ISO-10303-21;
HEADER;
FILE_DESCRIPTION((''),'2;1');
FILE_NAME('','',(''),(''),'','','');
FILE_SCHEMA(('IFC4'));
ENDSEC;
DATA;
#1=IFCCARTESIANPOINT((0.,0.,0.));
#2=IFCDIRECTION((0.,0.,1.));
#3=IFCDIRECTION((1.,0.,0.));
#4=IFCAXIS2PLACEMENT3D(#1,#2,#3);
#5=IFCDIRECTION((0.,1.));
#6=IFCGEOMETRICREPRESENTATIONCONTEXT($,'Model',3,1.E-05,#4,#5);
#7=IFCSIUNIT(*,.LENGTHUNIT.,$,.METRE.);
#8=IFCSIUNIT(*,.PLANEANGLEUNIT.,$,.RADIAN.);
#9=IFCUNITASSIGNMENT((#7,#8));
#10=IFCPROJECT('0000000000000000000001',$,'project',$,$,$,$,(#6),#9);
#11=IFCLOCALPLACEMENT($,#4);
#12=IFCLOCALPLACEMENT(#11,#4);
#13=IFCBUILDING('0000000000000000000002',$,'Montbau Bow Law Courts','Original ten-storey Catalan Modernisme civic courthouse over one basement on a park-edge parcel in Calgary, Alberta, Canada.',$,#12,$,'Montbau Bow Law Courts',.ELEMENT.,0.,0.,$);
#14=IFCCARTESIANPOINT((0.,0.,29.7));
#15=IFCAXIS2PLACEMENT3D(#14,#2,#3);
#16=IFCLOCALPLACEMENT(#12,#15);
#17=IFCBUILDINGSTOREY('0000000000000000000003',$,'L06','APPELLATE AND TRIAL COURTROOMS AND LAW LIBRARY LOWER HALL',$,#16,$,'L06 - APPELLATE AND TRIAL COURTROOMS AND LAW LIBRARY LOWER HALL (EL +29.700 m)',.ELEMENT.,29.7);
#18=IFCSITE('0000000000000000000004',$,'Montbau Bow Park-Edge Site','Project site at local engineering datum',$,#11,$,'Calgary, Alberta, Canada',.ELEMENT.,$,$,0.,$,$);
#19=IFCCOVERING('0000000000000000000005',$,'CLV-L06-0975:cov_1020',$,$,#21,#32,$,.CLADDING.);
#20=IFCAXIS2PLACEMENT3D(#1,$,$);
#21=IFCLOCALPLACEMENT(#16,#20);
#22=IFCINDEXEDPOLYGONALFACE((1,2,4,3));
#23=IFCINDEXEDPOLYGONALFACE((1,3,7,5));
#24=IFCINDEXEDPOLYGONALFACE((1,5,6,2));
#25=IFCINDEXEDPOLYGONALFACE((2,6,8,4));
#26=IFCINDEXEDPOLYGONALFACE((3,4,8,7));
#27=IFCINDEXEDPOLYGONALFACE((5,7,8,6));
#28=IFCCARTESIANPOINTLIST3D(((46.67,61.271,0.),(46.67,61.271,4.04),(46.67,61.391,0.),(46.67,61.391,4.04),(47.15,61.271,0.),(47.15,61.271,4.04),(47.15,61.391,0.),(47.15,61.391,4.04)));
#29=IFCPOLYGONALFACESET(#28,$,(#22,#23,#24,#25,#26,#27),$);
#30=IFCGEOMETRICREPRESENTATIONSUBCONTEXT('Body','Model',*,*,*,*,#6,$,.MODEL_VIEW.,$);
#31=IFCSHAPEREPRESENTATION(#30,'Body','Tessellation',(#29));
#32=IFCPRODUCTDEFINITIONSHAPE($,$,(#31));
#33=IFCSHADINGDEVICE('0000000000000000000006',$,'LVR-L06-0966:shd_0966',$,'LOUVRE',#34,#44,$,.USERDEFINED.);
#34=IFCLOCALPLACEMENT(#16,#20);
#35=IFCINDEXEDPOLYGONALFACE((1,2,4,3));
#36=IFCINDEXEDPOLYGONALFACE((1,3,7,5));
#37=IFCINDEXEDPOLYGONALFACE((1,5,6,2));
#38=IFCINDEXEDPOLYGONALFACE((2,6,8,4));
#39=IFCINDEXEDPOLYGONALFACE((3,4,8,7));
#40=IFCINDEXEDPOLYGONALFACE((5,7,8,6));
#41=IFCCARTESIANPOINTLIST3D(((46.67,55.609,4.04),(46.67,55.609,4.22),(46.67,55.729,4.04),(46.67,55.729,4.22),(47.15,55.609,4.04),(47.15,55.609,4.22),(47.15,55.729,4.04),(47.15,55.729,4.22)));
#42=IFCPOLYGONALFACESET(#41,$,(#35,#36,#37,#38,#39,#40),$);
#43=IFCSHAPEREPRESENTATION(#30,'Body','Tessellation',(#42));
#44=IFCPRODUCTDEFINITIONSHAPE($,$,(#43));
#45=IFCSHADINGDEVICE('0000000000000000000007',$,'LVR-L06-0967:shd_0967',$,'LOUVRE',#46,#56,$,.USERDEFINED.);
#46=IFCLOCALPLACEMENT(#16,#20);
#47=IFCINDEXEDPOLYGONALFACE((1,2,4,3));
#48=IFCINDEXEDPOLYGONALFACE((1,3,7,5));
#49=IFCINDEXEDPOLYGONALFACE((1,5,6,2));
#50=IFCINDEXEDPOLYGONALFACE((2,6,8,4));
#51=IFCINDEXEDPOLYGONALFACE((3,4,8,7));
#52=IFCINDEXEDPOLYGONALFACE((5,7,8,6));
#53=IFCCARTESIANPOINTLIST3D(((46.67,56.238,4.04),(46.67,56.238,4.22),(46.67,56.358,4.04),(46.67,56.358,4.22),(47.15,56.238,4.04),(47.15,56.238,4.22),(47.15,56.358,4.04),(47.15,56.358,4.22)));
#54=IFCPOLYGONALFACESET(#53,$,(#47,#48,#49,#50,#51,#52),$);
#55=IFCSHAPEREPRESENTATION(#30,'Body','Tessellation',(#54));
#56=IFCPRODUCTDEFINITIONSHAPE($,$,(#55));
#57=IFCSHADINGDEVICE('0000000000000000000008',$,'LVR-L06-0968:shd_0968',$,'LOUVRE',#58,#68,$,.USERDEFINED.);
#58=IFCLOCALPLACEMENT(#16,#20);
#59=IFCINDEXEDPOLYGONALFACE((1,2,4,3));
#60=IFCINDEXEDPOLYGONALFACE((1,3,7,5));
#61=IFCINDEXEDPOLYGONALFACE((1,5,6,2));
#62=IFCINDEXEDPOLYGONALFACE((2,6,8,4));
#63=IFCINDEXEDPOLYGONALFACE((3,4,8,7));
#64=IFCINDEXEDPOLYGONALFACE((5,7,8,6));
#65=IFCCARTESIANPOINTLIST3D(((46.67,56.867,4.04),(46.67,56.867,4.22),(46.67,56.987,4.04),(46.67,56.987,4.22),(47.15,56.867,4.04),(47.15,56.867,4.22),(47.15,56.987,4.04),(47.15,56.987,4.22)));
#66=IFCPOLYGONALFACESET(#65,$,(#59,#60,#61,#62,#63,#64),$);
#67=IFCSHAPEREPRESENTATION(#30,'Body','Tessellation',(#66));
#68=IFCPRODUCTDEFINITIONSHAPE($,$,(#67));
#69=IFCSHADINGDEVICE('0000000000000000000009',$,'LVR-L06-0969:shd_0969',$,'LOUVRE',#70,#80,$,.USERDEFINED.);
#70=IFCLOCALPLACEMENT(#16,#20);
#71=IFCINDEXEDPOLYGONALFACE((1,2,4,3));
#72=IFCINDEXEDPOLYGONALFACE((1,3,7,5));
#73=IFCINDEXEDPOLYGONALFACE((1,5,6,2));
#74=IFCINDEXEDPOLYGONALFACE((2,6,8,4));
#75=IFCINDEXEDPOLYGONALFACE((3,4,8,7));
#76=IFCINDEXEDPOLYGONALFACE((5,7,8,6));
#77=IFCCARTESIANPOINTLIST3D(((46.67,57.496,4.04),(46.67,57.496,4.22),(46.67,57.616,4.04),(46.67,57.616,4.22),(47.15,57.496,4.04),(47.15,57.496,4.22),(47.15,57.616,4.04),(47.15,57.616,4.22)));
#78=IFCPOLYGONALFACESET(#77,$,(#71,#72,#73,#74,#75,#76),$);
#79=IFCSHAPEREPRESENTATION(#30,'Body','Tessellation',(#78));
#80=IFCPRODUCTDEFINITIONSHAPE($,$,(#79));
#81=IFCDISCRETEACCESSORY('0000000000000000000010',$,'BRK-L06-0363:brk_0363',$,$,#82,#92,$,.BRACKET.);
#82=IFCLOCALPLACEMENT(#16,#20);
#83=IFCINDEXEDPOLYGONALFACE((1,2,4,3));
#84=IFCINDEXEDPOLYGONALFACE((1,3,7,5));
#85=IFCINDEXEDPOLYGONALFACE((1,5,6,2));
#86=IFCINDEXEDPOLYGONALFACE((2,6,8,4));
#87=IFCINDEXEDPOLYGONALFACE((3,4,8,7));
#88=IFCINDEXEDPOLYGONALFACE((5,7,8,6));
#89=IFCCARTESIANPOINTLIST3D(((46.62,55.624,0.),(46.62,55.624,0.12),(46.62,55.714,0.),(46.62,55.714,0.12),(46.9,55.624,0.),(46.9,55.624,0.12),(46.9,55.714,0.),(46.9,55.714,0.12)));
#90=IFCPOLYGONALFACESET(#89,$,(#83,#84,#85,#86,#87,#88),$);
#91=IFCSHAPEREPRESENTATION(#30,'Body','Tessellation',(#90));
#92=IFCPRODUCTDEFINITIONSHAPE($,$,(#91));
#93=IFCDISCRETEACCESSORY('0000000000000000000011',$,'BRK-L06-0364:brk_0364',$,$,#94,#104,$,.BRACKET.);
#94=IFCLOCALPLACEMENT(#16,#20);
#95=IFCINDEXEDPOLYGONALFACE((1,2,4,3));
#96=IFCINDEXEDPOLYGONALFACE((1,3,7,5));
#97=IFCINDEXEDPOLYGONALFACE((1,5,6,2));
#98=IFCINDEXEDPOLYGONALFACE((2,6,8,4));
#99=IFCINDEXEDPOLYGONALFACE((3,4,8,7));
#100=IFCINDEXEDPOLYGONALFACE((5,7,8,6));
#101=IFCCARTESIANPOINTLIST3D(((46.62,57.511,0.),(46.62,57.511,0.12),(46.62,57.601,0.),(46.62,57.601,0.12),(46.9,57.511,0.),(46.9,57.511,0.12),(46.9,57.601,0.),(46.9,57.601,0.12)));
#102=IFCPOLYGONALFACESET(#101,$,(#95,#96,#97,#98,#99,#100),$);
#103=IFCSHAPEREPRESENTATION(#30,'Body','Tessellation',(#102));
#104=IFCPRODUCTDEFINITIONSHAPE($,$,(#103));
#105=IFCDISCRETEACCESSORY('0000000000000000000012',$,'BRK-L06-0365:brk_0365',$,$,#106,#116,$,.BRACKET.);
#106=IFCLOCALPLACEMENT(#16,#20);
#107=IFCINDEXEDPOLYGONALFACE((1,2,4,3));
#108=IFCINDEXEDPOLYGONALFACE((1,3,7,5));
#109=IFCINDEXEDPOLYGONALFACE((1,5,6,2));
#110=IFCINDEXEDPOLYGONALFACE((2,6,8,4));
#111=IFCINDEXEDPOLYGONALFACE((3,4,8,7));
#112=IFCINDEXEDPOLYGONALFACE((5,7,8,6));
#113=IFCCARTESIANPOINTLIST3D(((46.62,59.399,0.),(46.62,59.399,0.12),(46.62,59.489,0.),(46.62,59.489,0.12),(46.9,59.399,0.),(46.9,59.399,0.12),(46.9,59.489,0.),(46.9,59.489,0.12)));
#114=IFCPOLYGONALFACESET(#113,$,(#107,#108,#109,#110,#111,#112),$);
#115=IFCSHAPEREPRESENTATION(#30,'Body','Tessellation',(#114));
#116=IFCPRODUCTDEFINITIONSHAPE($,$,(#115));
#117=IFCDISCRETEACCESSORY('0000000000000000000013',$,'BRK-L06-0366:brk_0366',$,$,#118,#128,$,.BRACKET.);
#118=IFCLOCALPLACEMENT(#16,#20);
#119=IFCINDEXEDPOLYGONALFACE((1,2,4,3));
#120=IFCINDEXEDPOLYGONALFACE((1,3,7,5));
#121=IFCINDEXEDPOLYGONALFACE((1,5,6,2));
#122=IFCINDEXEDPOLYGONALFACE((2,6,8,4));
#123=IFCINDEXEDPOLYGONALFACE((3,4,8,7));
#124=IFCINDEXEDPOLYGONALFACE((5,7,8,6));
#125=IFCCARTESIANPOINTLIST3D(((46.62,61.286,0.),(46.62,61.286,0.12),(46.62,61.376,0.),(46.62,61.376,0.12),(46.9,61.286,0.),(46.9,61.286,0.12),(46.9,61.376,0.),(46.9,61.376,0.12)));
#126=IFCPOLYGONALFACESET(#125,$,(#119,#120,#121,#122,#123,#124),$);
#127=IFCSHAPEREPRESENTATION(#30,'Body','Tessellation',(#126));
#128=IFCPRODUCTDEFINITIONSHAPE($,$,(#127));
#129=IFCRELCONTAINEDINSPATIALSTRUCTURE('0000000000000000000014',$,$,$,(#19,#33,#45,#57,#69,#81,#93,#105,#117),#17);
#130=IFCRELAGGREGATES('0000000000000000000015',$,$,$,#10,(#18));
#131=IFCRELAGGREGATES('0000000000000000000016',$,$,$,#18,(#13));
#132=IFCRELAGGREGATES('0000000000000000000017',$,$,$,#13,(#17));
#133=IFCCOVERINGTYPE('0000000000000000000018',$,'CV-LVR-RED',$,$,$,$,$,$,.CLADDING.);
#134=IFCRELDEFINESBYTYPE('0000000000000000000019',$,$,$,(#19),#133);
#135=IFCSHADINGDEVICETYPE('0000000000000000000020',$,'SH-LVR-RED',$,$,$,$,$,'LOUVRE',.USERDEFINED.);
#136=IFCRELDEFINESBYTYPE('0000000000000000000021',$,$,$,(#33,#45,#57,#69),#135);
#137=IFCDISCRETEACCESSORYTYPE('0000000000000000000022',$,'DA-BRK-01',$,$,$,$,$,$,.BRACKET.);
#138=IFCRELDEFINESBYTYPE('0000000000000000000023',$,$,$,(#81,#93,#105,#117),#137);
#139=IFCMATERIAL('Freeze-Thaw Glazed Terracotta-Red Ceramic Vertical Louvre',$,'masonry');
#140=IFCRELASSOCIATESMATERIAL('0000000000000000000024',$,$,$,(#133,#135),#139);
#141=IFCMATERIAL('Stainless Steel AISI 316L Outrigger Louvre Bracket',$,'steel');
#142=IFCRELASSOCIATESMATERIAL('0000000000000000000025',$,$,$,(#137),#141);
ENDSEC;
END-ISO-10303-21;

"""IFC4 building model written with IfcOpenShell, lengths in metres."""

from ifc_helpers import new_model, si_unit, direction, frame, frame_2d, origin_with_axes, origin_2d_with_axis, place, context, subcontext, project, spatial, rectangle, extrude, material, type_object, element, save


model = new_model("IFC4")

# Units and contexts
model_context = context("Model", 3, precision=1e-05, world=origin_with_axes(), true_north=direction((0.0, 1.0)))
body_context = subcontext(model_context, "Body", "Model", "MODEL_VIEW")
ifc_project = project(units=[si_unit("LENGTHUNIT", "METRE"), si_unit("PLANEANGLEUNIT", "RADIAN")], contexts=[model_context])

# Site, building, storey
site_placement = place(None, origin_with_axes())
site = spatial("IfcSite", under=ifc_project, at=site_placement, Name="Montbau Bow Park-Edge Site", Description="Project site at local engineering datum", LongName="Calgary, Alberta, Canada", CompositionType="ELEMENT", RefElevation=0.0)
building_placement = place(site_placement, origin_with_axes())
building = spatial("IfcBuilding", under=site, at=building_placement, Name="Montbau Bow Law Courts", Description="Original ten-storey Catalan Modernisme civic courthouse over one basement on a park-edge parcel in Calgary, Alberta, Canada.", LongName="Montbau Bow Law Courts", CompositionType="ELEMENT", ElevationOfRefHeight=0.0, ElevationOfTerrain=0.0)
storey_placement = place(building_placement, frame((0.0, 0.0, 29.7), z_axis=(0.0, 0.0, 1.0), x_axis=(1.0, 0.0, 0.0)))
storey = spatial("IfcBuildingStorey", under=building, at=storey_placement, Name="L06", Description="APPELLATE AND TRIAL COURTROOMS AND LAW LIBRARY LOWER HALL", LongName="L06 - APPELLATE AND TRIAL COURTROOMS AND LAW LIBRARY LOWER HALL (EL +29.700 m)", CompositionType="ELEMENT", Elevation=29.7)

# Covering
ifc_material_1 = material(Name="Freeze-Thaw Glazed Terracotta-Red Ceramic Vertical Louvre", Category="masonry")
covering_type = type_object("IfcCoveringType", Name="CV-LVR-RED", PredefinedType="CLADDING", material=ifc_material_1)
for number, where, z_axis, x_axis, name in (
    (1, (46.67, 61.331, 29.7), (0.0, -1.0, 0.0), (1.0, 0.0, 0.0), "CLV-L06-0975:cov_1020"),
):
    element("IfcCovering", number, at=place(None, frame(where, z_axis=z_axis, x_axis=x_axis)), inside=storey, type_object=covering_type, Name=name, PredefinedType="CLADDING", context=body_context, shape_type="SweptSolid", body=[
        extrude(rectangle(XDim=0.48, YDim=4.04, at=frame_2d((0.24, 2.02), x_axis=(1.0, 0.0))), frame((0.0, 0.0, -0.06), z_axis=(0.0, 0.0, 1.0), x_axis=(1.0, 0.0, 0.0)), (0.0, 0.0, 1.0), 0.12),
    ])

# Shading devices
shading_device_type = type_object("IfcShadingDeviceType", Name="SH-LVR-RED", ElementType="LOUVRE", PredefinedType="USERDEFINED", material=ifc_material_1)
for number, where, z_axis, x_axis, name in (
    (2, (46.91, 55.669, 33.74), (0.0, 0.0, 1.0), (1.0, 0.0, 0.0), "LVR-L06-0966:shd_0966"),
    (3, (46.91, 56.298, 33.74), (0.0, 0.0, 1.0), (1.0, 0.0, 0.0), "LVR-L06-0967:shd_0967"),
    (4, (46.91, 56.927, 33.74), (0.0, 0.0, 1.0), (1.0, 0.0, 0.0), "LVR-L06-0968:shd_0968"),
    (5, (46.91, 57.556, 33.74), (0.0, 0.0, 1.0), (1.0, 0.0, 0.0), "LVR-L06-0969:shd_0969"),
):
    element("IfcShadingDevice", number, at=place(None, frame(where, z_axis=z_axis, x_axis=x_axis)), inside=storey, type_object=shading_device_type, Name=name, ObjectType="LOUVRE", PredefinedType="USERDEFINED", context=body_context, shape_type="SweptSolid", body=[
        extrude(rectangle(XDim=0.48, YDim=0.12, at=origin_2d_with_axis()), origin_with_axes(), (0.0, 0.0, 1.0), 0.18),
    ])

# Discrete accessories
ifc_material_2 = material(Name="Stainless Steel AISI 316L Outrigger Louvre Bracket", Category="steel")
discrete_accessory_type = type_object("IfcDiscreteAccessoryType", Name="DA-BRK-01", PredefinedType="BRACKET", material=ifc_material_2)
for number, where, z_axis, x_axis, name in (
    (6, (46.76, 55.669, 29.7), (0.0, 0.0, 1.0), (1.0, 0.0, 0.0), "BRK-L06-0363:brk_0363"),
    (7, (46.76, 57.556, 29.7), (0.0, 0.0, 1.0), (1.0, 0.0, 0.0), "BRK-L06-0364:brk_0364"),
    (8, (46.76, 59.444, 29.7), (0.0, 0.0, 1.0), (1.0, 0.0, 0.0), "BRK-L06-0365:brk_0365"),
    (9, (46.76, 61.331, 29.7), (0.0, 0.0, 1.0), (1.0, 0.0, 0.0), "BRK-L06-0366:brk_0366"),
):
    element("IfcDiscreteAccessory", number, at=place(None, frame(where, z_axis=z_axis, x_axis=x_axis)), inside=storey, type_object=discrete_accessory_type, Name=name, PredefinedType="BRACKET", context=body_context, shape_type="SweptSolid", body=[
        extrude(rectangle(XDim=0.28, YDim=0.09, at=origin_2d_with_axis()), origin_with_axes(), (0.0, 0.0, 1.0), 0.12),
    ])

save(model, "model.ifc")
